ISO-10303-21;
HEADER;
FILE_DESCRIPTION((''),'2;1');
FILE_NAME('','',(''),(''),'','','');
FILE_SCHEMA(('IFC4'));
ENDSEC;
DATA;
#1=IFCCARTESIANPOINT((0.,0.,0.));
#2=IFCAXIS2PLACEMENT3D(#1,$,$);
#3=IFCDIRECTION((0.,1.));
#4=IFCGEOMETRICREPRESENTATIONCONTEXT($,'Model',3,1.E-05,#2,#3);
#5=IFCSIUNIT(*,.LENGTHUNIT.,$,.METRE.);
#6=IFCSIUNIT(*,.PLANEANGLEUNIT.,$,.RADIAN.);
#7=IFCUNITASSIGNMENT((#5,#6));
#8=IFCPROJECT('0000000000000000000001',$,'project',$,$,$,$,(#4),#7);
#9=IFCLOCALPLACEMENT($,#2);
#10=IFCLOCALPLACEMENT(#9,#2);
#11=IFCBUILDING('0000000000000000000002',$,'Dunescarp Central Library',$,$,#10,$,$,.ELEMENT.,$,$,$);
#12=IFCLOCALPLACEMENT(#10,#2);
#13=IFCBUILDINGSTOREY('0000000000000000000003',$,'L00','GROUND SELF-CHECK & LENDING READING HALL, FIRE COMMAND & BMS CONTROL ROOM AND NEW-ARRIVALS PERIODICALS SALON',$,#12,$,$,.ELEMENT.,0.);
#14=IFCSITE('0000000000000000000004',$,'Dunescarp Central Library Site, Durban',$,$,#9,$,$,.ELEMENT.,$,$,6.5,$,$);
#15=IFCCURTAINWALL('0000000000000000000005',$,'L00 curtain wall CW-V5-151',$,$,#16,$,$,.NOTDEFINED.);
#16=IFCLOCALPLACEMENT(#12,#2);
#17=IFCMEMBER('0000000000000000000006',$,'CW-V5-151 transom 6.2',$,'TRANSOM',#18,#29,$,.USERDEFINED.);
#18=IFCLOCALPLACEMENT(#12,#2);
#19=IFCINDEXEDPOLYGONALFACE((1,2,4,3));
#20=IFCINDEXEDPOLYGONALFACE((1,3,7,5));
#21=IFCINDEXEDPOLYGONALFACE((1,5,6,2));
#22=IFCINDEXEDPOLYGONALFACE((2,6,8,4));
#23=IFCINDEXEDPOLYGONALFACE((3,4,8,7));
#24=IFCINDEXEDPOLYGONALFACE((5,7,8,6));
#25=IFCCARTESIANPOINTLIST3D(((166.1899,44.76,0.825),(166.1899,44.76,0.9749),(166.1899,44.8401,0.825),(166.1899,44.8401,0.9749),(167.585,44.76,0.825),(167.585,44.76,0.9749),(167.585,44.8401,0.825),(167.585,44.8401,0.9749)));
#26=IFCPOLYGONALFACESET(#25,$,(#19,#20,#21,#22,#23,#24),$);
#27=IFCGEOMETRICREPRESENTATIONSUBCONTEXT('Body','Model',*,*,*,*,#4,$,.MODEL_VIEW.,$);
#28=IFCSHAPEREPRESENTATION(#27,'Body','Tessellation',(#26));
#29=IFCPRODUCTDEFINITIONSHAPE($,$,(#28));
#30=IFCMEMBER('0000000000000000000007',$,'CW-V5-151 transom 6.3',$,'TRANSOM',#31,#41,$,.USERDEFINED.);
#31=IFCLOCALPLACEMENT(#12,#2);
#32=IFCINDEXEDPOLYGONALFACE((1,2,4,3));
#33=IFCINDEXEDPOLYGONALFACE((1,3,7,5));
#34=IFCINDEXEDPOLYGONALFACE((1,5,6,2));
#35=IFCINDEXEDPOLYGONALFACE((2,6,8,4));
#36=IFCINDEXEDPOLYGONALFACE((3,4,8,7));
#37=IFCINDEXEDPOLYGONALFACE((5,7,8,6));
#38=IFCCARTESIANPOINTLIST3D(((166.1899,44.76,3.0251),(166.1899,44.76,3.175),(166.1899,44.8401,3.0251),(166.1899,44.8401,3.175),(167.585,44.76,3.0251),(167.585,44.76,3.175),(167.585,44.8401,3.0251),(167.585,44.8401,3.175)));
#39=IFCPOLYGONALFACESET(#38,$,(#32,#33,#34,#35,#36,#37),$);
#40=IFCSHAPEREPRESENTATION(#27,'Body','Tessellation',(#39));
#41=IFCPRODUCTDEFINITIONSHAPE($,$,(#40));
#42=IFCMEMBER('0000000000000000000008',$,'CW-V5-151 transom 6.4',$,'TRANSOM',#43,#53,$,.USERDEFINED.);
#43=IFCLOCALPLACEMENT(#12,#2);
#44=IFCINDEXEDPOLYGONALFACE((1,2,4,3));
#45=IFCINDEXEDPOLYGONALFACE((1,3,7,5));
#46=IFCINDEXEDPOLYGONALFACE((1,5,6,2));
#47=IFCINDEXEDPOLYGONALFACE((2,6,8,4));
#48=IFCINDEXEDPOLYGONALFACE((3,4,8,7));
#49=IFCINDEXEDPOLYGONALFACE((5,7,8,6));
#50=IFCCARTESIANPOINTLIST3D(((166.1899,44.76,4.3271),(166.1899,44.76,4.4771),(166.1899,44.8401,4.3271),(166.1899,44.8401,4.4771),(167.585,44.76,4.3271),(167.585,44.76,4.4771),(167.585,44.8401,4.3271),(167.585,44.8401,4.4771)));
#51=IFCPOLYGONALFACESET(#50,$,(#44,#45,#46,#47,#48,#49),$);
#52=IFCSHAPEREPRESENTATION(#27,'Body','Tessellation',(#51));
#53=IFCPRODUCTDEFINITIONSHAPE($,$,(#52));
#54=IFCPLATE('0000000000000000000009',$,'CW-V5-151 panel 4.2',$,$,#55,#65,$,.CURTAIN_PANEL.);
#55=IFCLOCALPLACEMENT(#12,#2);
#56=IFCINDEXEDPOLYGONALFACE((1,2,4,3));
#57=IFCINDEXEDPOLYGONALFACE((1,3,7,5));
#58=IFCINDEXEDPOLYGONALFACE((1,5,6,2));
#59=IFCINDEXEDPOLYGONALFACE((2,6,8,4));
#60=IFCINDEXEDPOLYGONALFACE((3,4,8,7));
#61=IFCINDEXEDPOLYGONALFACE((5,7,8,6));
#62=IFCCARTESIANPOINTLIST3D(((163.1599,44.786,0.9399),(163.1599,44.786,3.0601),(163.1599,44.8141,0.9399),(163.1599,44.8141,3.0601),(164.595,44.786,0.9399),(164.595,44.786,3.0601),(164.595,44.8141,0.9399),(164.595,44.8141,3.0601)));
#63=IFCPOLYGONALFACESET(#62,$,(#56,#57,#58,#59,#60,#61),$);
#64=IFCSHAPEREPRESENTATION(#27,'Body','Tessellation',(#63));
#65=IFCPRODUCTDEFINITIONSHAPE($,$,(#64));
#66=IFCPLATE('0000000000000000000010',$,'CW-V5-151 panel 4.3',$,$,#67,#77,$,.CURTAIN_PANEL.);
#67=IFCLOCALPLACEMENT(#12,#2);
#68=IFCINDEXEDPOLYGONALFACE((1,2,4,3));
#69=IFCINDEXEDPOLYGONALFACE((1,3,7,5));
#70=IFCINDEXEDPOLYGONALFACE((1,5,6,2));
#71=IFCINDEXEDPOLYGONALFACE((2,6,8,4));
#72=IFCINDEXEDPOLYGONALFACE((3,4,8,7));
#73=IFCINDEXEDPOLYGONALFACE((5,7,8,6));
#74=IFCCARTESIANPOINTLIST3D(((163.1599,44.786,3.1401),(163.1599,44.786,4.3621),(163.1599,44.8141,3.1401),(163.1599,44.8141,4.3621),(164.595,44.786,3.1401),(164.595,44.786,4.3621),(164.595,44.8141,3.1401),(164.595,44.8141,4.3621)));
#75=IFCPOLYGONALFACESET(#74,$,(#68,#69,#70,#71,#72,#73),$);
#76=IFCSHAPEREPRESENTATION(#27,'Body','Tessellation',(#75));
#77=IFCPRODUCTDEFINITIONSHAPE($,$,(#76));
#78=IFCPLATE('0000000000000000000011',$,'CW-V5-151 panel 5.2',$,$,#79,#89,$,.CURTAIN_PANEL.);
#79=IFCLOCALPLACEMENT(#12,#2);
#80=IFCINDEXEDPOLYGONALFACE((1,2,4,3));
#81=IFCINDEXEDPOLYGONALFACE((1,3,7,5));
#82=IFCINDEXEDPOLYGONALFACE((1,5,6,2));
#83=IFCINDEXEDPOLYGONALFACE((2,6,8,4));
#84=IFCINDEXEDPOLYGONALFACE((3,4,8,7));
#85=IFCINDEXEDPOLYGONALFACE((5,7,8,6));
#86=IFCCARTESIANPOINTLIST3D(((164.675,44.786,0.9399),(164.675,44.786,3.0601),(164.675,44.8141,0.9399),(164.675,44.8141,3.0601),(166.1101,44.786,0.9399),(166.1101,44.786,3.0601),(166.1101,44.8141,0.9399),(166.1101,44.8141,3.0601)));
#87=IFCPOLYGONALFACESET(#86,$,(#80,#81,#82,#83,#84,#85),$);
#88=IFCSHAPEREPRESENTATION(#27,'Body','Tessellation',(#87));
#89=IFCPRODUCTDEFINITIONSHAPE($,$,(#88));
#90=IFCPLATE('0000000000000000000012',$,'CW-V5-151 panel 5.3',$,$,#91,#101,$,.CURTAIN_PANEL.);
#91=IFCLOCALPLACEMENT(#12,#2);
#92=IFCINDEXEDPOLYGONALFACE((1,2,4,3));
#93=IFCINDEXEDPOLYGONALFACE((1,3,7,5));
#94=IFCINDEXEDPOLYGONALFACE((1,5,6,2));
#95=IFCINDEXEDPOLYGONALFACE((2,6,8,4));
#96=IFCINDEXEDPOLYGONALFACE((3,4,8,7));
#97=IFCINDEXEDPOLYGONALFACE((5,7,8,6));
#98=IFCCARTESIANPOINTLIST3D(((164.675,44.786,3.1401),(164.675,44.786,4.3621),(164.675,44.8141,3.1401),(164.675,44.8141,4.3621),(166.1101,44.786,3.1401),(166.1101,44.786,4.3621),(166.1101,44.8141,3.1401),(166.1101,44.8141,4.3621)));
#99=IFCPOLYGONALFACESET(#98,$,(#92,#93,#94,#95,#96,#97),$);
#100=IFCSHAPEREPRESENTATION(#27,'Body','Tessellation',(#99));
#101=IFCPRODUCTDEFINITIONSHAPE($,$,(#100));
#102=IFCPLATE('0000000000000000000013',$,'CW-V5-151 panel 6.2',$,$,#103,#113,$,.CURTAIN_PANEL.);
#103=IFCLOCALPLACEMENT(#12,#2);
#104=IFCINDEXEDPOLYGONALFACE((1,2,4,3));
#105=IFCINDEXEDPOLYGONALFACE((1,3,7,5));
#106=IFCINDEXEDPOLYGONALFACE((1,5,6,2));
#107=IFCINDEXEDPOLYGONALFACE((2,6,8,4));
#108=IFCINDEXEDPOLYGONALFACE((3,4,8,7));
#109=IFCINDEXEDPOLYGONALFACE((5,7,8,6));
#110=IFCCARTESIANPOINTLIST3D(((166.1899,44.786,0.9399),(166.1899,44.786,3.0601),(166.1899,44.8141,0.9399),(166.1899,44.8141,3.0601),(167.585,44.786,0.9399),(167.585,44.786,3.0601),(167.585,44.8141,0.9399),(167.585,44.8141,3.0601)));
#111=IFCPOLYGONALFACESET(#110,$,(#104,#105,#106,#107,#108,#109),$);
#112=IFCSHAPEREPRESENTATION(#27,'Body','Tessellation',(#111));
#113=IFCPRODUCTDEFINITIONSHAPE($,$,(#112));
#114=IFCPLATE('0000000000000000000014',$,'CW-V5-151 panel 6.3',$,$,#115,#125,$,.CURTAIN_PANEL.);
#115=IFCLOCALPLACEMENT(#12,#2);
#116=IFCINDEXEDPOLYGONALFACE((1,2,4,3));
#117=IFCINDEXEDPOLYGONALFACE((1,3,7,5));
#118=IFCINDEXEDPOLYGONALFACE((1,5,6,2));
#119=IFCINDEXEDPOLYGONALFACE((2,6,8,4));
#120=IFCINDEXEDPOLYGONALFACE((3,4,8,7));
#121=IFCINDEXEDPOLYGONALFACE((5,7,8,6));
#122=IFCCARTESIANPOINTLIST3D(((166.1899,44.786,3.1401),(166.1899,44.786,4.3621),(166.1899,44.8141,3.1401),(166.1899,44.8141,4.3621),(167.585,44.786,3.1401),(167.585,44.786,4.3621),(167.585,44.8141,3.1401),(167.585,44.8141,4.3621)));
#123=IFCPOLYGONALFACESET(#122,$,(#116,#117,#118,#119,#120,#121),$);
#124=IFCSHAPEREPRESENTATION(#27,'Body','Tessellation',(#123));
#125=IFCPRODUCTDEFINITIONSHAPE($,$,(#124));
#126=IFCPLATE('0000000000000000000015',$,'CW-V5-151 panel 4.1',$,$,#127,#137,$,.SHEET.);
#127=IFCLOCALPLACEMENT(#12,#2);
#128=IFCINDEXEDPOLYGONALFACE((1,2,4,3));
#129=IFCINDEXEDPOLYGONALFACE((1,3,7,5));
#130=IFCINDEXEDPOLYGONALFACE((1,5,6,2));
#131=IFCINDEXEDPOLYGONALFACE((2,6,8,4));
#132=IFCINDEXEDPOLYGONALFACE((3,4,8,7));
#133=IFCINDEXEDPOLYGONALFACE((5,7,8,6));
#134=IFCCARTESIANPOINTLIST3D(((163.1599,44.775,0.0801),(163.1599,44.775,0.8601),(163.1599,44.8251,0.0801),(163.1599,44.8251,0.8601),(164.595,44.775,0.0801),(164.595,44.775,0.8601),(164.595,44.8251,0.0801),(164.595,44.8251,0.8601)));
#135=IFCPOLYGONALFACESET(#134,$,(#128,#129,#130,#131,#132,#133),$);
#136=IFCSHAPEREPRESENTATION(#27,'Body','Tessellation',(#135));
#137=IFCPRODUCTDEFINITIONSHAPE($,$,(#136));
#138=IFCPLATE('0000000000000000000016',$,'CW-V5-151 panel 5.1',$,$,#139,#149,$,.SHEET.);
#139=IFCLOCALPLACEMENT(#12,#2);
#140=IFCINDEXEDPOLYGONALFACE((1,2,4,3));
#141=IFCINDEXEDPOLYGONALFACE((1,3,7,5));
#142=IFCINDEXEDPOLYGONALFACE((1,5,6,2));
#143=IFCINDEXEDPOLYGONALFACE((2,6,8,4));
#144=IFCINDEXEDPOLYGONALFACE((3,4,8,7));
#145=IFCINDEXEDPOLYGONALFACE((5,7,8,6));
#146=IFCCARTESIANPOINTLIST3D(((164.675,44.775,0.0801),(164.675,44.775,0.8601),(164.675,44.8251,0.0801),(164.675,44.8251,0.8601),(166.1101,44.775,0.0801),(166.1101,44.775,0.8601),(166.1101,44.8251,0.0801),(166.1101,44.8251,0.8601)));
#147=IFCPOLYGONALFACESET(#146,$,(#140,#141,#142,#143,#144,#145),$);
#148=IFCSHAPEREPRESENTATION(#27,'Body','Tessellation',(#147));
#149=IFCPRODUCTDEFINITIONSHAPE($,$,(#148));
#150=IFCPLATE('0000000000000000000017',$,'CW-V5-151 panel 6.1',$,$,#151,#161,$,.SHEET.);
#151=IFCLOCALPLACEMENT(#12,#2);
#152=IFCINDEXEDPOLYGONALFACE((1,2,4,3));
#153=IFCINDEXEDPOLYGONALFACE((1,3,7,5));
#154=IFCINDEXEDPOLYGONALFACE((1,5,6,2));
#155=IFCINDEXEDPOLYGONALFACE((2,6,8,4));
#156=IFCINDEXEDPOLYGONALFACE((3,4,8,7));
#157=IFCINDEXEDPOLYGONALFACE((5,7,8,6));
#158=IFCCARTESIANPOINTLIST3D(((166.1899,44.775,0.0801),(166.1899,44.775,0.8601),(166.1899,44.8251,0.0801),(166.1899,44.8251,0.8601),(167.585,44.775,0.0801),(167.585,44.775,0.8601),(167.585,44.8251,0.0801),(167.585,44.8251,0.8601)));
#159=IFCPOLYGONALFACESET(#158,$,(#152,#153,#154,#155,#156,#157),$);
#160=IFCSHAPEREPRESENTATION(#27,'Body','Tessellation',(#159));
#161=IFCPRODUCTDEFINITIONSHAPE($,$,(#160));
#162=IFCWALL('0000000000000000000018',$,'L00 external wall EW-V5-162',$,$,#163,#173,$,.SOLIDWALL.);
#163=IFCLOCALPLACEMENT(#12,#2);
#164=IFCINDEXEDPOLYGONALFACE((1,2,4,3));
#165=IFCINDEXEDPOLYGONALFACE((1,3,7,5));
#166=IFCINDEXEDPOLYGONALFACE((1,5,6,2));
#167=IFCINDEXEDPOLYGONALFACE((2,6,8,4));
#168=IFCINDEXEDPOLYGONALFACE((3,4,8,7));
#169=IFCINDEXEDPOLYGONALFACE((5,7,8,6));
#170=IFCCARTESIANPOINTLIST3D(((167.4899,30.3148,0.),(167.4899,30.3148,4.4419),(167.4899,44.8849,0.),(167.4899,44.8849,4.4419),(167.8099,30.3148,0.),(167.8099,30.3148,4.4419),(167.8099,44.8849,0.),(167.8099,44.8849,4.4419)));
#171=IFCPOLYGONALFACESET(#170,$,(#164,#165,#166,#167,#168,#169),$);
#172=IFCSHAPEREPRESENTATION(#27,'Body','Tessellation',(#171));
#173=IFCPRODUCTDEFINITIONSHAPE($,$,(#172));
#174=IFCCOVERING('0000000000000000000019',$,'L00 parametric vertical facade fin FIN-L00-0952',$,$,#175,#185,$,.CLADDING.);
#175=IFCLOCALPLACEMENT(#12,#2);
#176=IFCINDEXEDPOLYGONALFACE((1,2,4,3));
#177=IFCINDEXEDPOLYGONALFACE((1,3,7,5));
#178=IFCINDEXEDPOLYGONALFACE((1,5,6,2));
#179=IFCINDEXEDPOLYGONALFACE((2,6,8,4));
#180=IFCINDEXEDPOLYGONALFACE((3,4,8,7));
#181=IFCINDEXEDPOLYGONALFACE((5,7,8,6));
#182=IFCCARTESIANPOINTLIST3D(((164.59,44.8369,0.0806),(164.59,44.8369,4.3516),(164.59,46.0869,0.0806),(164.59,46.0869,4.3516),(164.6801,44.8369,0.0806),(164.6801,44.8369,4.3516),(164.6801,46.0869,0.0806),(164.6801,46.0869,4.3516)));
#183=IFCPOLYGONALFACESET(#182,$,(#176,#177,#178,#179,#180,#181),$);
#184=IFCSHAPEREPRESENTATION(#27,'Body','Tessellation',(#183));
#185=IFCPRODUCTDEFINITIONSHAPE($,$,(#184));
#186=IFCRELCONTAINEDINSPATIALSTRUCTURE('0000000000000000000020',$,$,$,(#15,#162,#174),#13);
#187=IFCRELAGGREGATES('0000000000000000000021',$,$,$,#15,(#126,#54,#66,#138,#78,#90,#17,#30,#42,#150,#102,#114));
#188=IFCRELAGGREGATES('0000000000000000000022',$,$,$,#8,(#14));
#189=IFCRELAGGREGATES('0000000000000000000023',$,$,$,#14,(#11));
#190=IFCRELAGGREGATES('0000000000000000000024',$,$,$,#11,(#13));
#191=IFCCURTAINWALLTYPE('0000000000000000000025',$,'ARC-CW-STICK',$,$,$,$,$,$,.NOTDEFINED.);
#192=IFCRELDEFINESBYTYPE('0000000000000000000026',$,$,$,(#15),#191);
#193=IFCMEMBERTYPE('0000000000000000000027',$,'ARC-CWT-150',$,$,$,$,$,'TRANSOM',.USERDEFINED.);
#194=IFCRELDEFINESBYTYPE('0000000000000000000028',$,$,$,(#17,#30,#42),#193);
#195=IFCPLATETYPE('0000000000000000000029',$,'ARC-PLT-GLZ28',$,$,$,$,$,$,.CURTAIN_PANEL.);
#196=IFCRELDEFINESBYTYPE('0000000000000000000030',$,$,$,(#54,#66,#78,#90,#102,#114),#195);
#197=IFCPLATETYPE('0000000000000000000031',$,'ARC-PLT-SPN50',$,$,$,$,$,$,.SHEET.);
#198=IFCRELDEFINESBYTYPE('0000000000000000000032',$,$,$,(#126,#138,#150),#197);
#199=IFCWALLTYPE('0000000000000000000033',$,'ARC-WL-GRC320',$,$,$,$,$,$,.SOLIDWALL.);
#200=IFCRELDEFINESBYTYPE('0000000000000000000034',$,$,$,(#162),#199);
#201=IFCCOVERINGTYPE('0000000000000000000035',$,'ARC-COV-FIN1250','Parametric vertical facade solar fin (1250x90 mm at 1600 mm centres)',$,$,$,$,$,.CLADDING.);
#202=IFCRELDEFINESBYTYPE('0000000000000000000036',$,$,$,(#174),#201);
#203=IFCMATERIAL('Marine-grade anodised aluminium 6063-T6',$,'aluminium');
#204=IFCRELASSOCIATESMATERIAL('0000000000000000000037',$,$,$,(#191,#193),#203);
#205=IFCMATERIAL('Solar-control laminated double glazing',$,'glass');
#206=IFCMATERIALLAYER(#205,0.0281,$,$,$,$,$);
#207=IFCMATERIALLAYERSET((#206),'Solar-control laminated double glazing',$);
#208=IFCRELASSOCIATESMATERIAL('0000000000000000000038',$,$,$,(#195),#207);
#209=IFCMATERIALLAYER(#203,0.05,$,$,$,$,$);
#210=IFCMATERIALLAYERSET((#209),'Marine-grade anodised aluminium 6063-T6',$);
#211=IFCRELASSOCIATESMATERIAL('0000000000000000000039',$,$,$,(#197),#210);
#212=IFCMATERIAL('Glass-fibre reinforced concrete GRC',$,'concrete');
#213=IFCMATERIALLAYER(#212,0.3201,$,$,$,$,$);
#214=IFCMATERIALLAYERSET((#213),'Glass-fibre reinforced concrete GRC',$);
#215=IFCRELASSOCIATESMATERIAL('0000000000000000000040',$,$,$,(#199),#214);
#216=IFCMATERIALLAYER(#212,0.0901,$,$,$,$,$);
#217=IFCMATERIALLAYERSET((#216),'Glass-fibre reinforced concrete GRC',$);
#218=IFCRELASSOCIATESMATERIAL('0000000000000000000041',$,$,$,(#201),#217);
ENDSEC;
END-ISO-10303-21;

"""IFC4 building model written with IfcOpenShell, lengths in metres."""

from ifc_helpers import new_model, si_unit, direction, frame, frame_2d, origin, origin_2d, place, context, subcontext, project, spatial, rectangle, extrude, material, layer, layer_set, material_profile, profile_set, type_object, element, aggregate, save


model = new_model("IFC4")

# Units and contexts
model_context = context("Model", 3, precision=1e-05, world=origin(), true_north=direction((0.0, 1.0)))
body_context = subcontext(model_context, "Body", "Model", "MODEL_VIEW")
ifc_project = project(units=[si_unit("LENGTHUNIT", "METRE"), si_unit("PLANEANGLEUNIT", "RADIAN")], contexts=[model_context])

# Site, building, storey
site_placement = place(None, origin())
site = spatial("IfcSite", under=ifc_project, at=site_placement, Name="Dunescarp Central Library Site, Durban", CompositionType="ELEMENT", RefElevation=6.5)
building_placement = place(site_placement, origin())
building = spatial("IfcBuilding", under=site, at=building_placement, Name="Dunescarp Central Library", CompositionType="ELEMENT")
storey_placement = place(building_placement, origin())
storey = spatial("IfcBuildingStorey", under=building, at=storey_placement, Name="L00", Description="GROUND SELF-CHECK & LENDING READING HALL, FIRE COMMAND & BMS CONTROL ROOM AND NEW-ARRIVALS PERIODICALS SALON", CompositionType="ELEMENT", Elevation=0.0)

# Curtain wall, members, plates
ifc_material_1 = material(Name="Marine-grade anodised aluminium 6063-T6", Category="aluminium")
curtain_wall_type = type_object("IfcCurtainWallType", Name="ARC-CW-STICK", PredefinedType="NOTDEFINED", material=ifc_material_1)
curtain_wall_placement = place(storey_placement, origin())
curtain_wall = element("IfcCurtainWall", 1, at=curtain_wall_placement, inside=storey, type_object=curtain_wall_type, Name="L00 curtain wall CW-V5-151", PredefinedType="NOTDEFINED")
ifc_material_profile_1 = material_profile(ifc_material_1, rectangle(XDim=0.0801, YDim=0.1499, at=origin_2d()), Name="AL 80x150")
ifc_profile_set_1 = profile_set([ifc_material_profile_1], Name="Marine-grade anodised aluminium 6063-T6")
member_type_1 = type_object("IfcMemberType", Name="ARC-CWT-150", ElementType="TRANSOM", PredefinedType="USERDEFINED", material=ifc_profile_set_1)
member_1_placement = place(storey_placement, frame((166.1899, 44.8, 0.8999), z_axis=(1.0, 0.0, 0.0), x_axis=(0.0, 1.0, 0.0)))
member_1 = element("IfcMember", 2, at=member_1_placement, type_object=member_type_1, Name="CW-V5-151 transom 6.2", ObjectType="TRANSOM", PredefinedType="USERDEFINED", context=body_context, shape_type="SweptSolid", body=[
    extrude(rectangle(XDim=0.0801, YDim=0.1499, at=origin_2d()), origin(), (0.0, 0.0, 1.0), 1.395),
])
member_2_placement = place(storey_placement, frame((166.1899, 44.8, 3.1001), z_axis=(1.0, 0.0, 0.0), x_axis=(0.0, 1.0, 0.0)))
member_2 = element("IfcMember", 3, at=member_2_placement, type_object=member_type_1, Name="CW-V5-151 transom 6.3", ObjectType="TRANSOM", PredefinedType="USERDEFINED", context=body_context, shape_type="SweptSolid", body=[
    extrude(rectangle(XDim=0.0801, YDim=0.1499, at=origin_2d()), origin(), (0.0, 0.0, 1.0), 1.395),
])
member_3_placement = place(storey_placement, frame((166.1899, 44.8, 4.4021), z_axis=(1.0, 0.0, 0.0), x_axis=(0.0, 1.0, 0.0)))
member_3 = element("IfcMember", 4, at=member_3_placement, type_object=member_type_1, Name="CW-V5-151 transom 6.4", ObjectType="TRANSOM", PredefinedType="USERDEFINED", context=body_context, shape_type="SweptSolid", body=[
    extrude(rectangle(XDim=0.0801, YDim=0.1499, at=origin_2d()), origin(), (0.0, 0.0, 1.0), 1.395),
])
ifc_material_2 = material(Name="Solar-control laminated double glazing", Category="glass")
ifc_layer_1 = layer(ifc_material_2, 0.0281)
ifc_layer_set_1 = layer_set([ifc_layer_1], Name="Solar-control laminated double glazing")
plate_type_1 = type_object("IfcPlateType", Name="ARC-PLT-GLZ28", PredefinedType="CURTAIN_PANEL", material=ifc_layer_set_1)
plate_1_placement = place(storey_placement, frame((163.8774, 44.8, 0.9399), z_axis=(0.0, 0.0, 1.0), x_axis=(1.0, 0.0, 0.0)))
plate_1 = element("IfcPlate", 5, at=plate_1_placement, type_object=plate_type_1, Name="CW-V5-151 panel 4.2", PredefinedType="CURTAIN_PANEL", context=body_context, shape_type="SweptSolid", body=[
    extrude(rectangle(XDim=1.4351, YDim=0.0281, at=origin_2d()), origin(), (0.0, 0.0, 1.0), 2.1201),
])
plate_2_placement = place(storey_placement, frame((163.8774, 44.8, 3.1401), z_axis=(0.0, 0.0, 1.0), x_axis=(1.0, 0.0, 0.0)))
plate_2 = element("IfcPlate", 6, at=plate_2_placement, type_object=plate_type_1, Name="CW-V5-151 panel 4.3", PredefinedType="CURTAIN_PANEL", context=body_context, shape_type="SweptSolid", body=[
    extrude(rectangle(XDim=1.4351, YDim=0.0281, at=origin_2d()), origin(), (0.0, 0.0, 1.0), 1.2219),
])
plate_3_placement = place(storey_placement, frame((165.3926, 44.8, 0.9399), z_axis=(0.0, 0.0, 1.0), x_axis=(1.0, 0.0, 0.0)))
plate_3 = element("IfcPlate", 7, at=plate_3_placement, type_object=plate_type_1, Name="CW-V5-151 panel 5.2", PredefinedType="CURTAIN_PANEL", context=body_context, shape_type="SweptSolid", body=[
    extrude(rectangle(XDim=1.4351, YDim=0.0281, at=origin_2d()), origin(), (0.0, 0.0, 1.0), 2.1201),
])
plate_4_placement = place(storey_placement, frame((165.3926, 44.8, 3.1401), z_axis=(0.0, 0.0, 1.0), x_axis=(1.0, 0.0, 0.0)))
plate_4 = element("IfcPlate", 8, at=plate_4_placement, type_object=plate_type_1, Name="CW-V5-151 panel 5.3", PredefinedType="CURTAIN_PANEL", context=body_context, shape_type="SweptSolid", body=[
    extrude(rectangle(XDim=1.4351, YDim=0.0281, at=origin_2d()), origin(), (0.0, 0.0, 1.0), 1.2219),
])
plate_5_placement = place(storey_placement, frame((166.8875, 44.8, 0.9399), z_axis=(0.0, 0.0, 1.0), x_axis=(1.0, 0.0, 0.0)))
plate_5 = element("IfcPlate", 9, at=plate_5_placement, type_object=plate_type_1, Name="CW-V5-151 panel 6.2", PredefinedType="CURTAIN_PANEL", context=body_context, shape_type="SweptSolid", body=[
    extrude(rectangle(XDim=1.395, YDim=0.0281, at=origin_2d()), origin(), (0.0, 0.0, 1.0), 2.1201),
])
plate_6_placement = place(storey_placement, frame((166.8875, 44.8, 3.1401), z_axis=(0.0, 0.0, 1.0), x_axis=(1.0, 0.0, 0.0)))
plate_6 = element("IfcPlate", 10, at=plate_6_placement, type_object=plate_type_1, Name="CW-V5-151 panel 6.3", PredefinedType="CURTAIN_PANEL", context=body_context, shape_type="SweptSolid", body=[
    extrude(rectangle(XDim=1.395, YDim=0.0281, at=origin_2d()), origin(), (0.0, 0.0, 1.0), 1.2219),
])
ifc_layer_2 = layer(ifc_material_1, 0.05)
ifc_layer_set_2 = layer_set([ifc_layer_2], Name="Marine-grade anodised aluminium 6063-T6")
plate_type_2 = type_object("IfcPlateType", Name="ARC-PLT-SPN50", PredefinedType="SHEET", material=ifc_layer_set_2)
plate_7_placement = place(storey_placement, frame((163.8774, 44.8, 0.0801), z_axis=(0.0, 0.0, 1.0), x_axis=(1.0, 0.0, 0.0)))
plate_7 = element("IfcPlate", 11, at=plate_7_placement, type_object=plate_type_2, Name="CW-V5-151 panel 4.1", PredefinedType="SHEET", context=body_context, shape_type="SweptSolid", body=[
    extrude(rectangle(XDim=1.4351, YDim=0.05, at=origin_2d()), origin(), (0.0, 0.0, 1.0), 0.78),
])
plate_8_placement = place(storey_placement, frame((165.3926, 44.8, 0.0801), z_axis=(0.0, 0.0, 1.0), x_axis=(1.0, 0.0, 0.0)))
plate_8 = element("IfcPlate", 12, at=plate_8_placement, type_object=plate_type_2, Name="CW-V5-151 panel 5.1", PredefinedType="SHEET", context=body_context, shape_type="SweptSolid", body=[
    extrude(rectangle(XDim=1.4351, YDim=0.05, at=origin_2d()), origin(), (0.0, 0.0, 1.0), 0.78),
])
plate_9_placement = place(storey_placement, frame((166.8875, 44.8, 0.0801), z_axis=(0.0, 0.0, 1.0), x_axis=(1.0, 0.0, 0.0)))
plate_9 = element("IfcPlate", 13, at=plate_9_placement, type_object=plate_type_2, Name="CW-V5-151 panel 6.1", PredefinedType="SHEET", context=body_context, shape_type="SweptSolid", body=[
    extrude(rectangle(XDim=1.395, YDim=0.05, at=origin_2d()), origin(), (0.0, 0.0, 1.0), 0.78),
])
aggregate(curtain_wall, [plate_7, plate_1, plate_2, plate_8, plate_3, plate_4, member_1, member_2, member_3, plate_9, plate_5, plate_6])

# Wall
ifc_material_3 = material(Name="Glass-fibre reinforced concrete GRC", Category="concrete")
ifc_layer_3 = layer(ifc_material_3, 0.3201)
ifc_layer_set_3 = layer_set([ifc_layer_3], Name="Glass-fibre reinforced concrete GRC")
wall_type = type_object("IfcWallType", Name="ARC-WL-GRC320", PredefinedType="SOLIDWALL", material=ifc_layer_set_3)
wall_placement = place(storey_placement, frame((167.6499, 44.885, 0.0), z_axis=(0.0, 0.0, 1.0), x_axis=(0.0, -1.0, 0.0)))
element("IfcWall", 14, at=wall_placement, inside=storey, type_object=wall_type, Name="L00 external wall EW-V5-162", PredefinedType="SOLIDWALL", context=body_context, shape_type="SweptSolid", body=[
    extrude(rectangle(XDim=14.5701, YDim=0.3201, at=frame_2d((7.2852, 0.0))), origin(), (0.0, 0.0, 1.0), 4.4419),
])

# Covering
ifc_layer_4 = layer(ifc_material_3, 0.0901)
ifc_layer_set_4 = layer_set([ifc_layer_4], Name="Glass-fibre reinforced concrete GRC")
covering_type_1 = type_object("IfcCoveringType", Name="ARC-COV-FIN1250", Description="Parametric vertical facade solar fin (1250x90 mm at 1600 mm centres)", PredefinedType="CLADDING", material=ifc_layer_set_4)
covering_1_placement = place(storey_placement, frame((164.635, 45.4619, 0.0806), z_axis=(0.0, 0.0, 1.0), x_axis=(0.0, 1.0, 0.0)))
element("IfcCovering", 15, at=covering_1_placement, inside=storey, type_object=covering_type_1, Name="L00 parametric vertical facade fin FIN-L00-0952", PredefinedType="CLADDING", context=body_context, shape_type="SweptSolid", body=[
    extrude(rectangle(XDim=1.25, YDim=0.0901, at=origin_2d()), origin(), (0.0, 0.0, 1.0), 4.271),
])

save(model, "model.ifc")
